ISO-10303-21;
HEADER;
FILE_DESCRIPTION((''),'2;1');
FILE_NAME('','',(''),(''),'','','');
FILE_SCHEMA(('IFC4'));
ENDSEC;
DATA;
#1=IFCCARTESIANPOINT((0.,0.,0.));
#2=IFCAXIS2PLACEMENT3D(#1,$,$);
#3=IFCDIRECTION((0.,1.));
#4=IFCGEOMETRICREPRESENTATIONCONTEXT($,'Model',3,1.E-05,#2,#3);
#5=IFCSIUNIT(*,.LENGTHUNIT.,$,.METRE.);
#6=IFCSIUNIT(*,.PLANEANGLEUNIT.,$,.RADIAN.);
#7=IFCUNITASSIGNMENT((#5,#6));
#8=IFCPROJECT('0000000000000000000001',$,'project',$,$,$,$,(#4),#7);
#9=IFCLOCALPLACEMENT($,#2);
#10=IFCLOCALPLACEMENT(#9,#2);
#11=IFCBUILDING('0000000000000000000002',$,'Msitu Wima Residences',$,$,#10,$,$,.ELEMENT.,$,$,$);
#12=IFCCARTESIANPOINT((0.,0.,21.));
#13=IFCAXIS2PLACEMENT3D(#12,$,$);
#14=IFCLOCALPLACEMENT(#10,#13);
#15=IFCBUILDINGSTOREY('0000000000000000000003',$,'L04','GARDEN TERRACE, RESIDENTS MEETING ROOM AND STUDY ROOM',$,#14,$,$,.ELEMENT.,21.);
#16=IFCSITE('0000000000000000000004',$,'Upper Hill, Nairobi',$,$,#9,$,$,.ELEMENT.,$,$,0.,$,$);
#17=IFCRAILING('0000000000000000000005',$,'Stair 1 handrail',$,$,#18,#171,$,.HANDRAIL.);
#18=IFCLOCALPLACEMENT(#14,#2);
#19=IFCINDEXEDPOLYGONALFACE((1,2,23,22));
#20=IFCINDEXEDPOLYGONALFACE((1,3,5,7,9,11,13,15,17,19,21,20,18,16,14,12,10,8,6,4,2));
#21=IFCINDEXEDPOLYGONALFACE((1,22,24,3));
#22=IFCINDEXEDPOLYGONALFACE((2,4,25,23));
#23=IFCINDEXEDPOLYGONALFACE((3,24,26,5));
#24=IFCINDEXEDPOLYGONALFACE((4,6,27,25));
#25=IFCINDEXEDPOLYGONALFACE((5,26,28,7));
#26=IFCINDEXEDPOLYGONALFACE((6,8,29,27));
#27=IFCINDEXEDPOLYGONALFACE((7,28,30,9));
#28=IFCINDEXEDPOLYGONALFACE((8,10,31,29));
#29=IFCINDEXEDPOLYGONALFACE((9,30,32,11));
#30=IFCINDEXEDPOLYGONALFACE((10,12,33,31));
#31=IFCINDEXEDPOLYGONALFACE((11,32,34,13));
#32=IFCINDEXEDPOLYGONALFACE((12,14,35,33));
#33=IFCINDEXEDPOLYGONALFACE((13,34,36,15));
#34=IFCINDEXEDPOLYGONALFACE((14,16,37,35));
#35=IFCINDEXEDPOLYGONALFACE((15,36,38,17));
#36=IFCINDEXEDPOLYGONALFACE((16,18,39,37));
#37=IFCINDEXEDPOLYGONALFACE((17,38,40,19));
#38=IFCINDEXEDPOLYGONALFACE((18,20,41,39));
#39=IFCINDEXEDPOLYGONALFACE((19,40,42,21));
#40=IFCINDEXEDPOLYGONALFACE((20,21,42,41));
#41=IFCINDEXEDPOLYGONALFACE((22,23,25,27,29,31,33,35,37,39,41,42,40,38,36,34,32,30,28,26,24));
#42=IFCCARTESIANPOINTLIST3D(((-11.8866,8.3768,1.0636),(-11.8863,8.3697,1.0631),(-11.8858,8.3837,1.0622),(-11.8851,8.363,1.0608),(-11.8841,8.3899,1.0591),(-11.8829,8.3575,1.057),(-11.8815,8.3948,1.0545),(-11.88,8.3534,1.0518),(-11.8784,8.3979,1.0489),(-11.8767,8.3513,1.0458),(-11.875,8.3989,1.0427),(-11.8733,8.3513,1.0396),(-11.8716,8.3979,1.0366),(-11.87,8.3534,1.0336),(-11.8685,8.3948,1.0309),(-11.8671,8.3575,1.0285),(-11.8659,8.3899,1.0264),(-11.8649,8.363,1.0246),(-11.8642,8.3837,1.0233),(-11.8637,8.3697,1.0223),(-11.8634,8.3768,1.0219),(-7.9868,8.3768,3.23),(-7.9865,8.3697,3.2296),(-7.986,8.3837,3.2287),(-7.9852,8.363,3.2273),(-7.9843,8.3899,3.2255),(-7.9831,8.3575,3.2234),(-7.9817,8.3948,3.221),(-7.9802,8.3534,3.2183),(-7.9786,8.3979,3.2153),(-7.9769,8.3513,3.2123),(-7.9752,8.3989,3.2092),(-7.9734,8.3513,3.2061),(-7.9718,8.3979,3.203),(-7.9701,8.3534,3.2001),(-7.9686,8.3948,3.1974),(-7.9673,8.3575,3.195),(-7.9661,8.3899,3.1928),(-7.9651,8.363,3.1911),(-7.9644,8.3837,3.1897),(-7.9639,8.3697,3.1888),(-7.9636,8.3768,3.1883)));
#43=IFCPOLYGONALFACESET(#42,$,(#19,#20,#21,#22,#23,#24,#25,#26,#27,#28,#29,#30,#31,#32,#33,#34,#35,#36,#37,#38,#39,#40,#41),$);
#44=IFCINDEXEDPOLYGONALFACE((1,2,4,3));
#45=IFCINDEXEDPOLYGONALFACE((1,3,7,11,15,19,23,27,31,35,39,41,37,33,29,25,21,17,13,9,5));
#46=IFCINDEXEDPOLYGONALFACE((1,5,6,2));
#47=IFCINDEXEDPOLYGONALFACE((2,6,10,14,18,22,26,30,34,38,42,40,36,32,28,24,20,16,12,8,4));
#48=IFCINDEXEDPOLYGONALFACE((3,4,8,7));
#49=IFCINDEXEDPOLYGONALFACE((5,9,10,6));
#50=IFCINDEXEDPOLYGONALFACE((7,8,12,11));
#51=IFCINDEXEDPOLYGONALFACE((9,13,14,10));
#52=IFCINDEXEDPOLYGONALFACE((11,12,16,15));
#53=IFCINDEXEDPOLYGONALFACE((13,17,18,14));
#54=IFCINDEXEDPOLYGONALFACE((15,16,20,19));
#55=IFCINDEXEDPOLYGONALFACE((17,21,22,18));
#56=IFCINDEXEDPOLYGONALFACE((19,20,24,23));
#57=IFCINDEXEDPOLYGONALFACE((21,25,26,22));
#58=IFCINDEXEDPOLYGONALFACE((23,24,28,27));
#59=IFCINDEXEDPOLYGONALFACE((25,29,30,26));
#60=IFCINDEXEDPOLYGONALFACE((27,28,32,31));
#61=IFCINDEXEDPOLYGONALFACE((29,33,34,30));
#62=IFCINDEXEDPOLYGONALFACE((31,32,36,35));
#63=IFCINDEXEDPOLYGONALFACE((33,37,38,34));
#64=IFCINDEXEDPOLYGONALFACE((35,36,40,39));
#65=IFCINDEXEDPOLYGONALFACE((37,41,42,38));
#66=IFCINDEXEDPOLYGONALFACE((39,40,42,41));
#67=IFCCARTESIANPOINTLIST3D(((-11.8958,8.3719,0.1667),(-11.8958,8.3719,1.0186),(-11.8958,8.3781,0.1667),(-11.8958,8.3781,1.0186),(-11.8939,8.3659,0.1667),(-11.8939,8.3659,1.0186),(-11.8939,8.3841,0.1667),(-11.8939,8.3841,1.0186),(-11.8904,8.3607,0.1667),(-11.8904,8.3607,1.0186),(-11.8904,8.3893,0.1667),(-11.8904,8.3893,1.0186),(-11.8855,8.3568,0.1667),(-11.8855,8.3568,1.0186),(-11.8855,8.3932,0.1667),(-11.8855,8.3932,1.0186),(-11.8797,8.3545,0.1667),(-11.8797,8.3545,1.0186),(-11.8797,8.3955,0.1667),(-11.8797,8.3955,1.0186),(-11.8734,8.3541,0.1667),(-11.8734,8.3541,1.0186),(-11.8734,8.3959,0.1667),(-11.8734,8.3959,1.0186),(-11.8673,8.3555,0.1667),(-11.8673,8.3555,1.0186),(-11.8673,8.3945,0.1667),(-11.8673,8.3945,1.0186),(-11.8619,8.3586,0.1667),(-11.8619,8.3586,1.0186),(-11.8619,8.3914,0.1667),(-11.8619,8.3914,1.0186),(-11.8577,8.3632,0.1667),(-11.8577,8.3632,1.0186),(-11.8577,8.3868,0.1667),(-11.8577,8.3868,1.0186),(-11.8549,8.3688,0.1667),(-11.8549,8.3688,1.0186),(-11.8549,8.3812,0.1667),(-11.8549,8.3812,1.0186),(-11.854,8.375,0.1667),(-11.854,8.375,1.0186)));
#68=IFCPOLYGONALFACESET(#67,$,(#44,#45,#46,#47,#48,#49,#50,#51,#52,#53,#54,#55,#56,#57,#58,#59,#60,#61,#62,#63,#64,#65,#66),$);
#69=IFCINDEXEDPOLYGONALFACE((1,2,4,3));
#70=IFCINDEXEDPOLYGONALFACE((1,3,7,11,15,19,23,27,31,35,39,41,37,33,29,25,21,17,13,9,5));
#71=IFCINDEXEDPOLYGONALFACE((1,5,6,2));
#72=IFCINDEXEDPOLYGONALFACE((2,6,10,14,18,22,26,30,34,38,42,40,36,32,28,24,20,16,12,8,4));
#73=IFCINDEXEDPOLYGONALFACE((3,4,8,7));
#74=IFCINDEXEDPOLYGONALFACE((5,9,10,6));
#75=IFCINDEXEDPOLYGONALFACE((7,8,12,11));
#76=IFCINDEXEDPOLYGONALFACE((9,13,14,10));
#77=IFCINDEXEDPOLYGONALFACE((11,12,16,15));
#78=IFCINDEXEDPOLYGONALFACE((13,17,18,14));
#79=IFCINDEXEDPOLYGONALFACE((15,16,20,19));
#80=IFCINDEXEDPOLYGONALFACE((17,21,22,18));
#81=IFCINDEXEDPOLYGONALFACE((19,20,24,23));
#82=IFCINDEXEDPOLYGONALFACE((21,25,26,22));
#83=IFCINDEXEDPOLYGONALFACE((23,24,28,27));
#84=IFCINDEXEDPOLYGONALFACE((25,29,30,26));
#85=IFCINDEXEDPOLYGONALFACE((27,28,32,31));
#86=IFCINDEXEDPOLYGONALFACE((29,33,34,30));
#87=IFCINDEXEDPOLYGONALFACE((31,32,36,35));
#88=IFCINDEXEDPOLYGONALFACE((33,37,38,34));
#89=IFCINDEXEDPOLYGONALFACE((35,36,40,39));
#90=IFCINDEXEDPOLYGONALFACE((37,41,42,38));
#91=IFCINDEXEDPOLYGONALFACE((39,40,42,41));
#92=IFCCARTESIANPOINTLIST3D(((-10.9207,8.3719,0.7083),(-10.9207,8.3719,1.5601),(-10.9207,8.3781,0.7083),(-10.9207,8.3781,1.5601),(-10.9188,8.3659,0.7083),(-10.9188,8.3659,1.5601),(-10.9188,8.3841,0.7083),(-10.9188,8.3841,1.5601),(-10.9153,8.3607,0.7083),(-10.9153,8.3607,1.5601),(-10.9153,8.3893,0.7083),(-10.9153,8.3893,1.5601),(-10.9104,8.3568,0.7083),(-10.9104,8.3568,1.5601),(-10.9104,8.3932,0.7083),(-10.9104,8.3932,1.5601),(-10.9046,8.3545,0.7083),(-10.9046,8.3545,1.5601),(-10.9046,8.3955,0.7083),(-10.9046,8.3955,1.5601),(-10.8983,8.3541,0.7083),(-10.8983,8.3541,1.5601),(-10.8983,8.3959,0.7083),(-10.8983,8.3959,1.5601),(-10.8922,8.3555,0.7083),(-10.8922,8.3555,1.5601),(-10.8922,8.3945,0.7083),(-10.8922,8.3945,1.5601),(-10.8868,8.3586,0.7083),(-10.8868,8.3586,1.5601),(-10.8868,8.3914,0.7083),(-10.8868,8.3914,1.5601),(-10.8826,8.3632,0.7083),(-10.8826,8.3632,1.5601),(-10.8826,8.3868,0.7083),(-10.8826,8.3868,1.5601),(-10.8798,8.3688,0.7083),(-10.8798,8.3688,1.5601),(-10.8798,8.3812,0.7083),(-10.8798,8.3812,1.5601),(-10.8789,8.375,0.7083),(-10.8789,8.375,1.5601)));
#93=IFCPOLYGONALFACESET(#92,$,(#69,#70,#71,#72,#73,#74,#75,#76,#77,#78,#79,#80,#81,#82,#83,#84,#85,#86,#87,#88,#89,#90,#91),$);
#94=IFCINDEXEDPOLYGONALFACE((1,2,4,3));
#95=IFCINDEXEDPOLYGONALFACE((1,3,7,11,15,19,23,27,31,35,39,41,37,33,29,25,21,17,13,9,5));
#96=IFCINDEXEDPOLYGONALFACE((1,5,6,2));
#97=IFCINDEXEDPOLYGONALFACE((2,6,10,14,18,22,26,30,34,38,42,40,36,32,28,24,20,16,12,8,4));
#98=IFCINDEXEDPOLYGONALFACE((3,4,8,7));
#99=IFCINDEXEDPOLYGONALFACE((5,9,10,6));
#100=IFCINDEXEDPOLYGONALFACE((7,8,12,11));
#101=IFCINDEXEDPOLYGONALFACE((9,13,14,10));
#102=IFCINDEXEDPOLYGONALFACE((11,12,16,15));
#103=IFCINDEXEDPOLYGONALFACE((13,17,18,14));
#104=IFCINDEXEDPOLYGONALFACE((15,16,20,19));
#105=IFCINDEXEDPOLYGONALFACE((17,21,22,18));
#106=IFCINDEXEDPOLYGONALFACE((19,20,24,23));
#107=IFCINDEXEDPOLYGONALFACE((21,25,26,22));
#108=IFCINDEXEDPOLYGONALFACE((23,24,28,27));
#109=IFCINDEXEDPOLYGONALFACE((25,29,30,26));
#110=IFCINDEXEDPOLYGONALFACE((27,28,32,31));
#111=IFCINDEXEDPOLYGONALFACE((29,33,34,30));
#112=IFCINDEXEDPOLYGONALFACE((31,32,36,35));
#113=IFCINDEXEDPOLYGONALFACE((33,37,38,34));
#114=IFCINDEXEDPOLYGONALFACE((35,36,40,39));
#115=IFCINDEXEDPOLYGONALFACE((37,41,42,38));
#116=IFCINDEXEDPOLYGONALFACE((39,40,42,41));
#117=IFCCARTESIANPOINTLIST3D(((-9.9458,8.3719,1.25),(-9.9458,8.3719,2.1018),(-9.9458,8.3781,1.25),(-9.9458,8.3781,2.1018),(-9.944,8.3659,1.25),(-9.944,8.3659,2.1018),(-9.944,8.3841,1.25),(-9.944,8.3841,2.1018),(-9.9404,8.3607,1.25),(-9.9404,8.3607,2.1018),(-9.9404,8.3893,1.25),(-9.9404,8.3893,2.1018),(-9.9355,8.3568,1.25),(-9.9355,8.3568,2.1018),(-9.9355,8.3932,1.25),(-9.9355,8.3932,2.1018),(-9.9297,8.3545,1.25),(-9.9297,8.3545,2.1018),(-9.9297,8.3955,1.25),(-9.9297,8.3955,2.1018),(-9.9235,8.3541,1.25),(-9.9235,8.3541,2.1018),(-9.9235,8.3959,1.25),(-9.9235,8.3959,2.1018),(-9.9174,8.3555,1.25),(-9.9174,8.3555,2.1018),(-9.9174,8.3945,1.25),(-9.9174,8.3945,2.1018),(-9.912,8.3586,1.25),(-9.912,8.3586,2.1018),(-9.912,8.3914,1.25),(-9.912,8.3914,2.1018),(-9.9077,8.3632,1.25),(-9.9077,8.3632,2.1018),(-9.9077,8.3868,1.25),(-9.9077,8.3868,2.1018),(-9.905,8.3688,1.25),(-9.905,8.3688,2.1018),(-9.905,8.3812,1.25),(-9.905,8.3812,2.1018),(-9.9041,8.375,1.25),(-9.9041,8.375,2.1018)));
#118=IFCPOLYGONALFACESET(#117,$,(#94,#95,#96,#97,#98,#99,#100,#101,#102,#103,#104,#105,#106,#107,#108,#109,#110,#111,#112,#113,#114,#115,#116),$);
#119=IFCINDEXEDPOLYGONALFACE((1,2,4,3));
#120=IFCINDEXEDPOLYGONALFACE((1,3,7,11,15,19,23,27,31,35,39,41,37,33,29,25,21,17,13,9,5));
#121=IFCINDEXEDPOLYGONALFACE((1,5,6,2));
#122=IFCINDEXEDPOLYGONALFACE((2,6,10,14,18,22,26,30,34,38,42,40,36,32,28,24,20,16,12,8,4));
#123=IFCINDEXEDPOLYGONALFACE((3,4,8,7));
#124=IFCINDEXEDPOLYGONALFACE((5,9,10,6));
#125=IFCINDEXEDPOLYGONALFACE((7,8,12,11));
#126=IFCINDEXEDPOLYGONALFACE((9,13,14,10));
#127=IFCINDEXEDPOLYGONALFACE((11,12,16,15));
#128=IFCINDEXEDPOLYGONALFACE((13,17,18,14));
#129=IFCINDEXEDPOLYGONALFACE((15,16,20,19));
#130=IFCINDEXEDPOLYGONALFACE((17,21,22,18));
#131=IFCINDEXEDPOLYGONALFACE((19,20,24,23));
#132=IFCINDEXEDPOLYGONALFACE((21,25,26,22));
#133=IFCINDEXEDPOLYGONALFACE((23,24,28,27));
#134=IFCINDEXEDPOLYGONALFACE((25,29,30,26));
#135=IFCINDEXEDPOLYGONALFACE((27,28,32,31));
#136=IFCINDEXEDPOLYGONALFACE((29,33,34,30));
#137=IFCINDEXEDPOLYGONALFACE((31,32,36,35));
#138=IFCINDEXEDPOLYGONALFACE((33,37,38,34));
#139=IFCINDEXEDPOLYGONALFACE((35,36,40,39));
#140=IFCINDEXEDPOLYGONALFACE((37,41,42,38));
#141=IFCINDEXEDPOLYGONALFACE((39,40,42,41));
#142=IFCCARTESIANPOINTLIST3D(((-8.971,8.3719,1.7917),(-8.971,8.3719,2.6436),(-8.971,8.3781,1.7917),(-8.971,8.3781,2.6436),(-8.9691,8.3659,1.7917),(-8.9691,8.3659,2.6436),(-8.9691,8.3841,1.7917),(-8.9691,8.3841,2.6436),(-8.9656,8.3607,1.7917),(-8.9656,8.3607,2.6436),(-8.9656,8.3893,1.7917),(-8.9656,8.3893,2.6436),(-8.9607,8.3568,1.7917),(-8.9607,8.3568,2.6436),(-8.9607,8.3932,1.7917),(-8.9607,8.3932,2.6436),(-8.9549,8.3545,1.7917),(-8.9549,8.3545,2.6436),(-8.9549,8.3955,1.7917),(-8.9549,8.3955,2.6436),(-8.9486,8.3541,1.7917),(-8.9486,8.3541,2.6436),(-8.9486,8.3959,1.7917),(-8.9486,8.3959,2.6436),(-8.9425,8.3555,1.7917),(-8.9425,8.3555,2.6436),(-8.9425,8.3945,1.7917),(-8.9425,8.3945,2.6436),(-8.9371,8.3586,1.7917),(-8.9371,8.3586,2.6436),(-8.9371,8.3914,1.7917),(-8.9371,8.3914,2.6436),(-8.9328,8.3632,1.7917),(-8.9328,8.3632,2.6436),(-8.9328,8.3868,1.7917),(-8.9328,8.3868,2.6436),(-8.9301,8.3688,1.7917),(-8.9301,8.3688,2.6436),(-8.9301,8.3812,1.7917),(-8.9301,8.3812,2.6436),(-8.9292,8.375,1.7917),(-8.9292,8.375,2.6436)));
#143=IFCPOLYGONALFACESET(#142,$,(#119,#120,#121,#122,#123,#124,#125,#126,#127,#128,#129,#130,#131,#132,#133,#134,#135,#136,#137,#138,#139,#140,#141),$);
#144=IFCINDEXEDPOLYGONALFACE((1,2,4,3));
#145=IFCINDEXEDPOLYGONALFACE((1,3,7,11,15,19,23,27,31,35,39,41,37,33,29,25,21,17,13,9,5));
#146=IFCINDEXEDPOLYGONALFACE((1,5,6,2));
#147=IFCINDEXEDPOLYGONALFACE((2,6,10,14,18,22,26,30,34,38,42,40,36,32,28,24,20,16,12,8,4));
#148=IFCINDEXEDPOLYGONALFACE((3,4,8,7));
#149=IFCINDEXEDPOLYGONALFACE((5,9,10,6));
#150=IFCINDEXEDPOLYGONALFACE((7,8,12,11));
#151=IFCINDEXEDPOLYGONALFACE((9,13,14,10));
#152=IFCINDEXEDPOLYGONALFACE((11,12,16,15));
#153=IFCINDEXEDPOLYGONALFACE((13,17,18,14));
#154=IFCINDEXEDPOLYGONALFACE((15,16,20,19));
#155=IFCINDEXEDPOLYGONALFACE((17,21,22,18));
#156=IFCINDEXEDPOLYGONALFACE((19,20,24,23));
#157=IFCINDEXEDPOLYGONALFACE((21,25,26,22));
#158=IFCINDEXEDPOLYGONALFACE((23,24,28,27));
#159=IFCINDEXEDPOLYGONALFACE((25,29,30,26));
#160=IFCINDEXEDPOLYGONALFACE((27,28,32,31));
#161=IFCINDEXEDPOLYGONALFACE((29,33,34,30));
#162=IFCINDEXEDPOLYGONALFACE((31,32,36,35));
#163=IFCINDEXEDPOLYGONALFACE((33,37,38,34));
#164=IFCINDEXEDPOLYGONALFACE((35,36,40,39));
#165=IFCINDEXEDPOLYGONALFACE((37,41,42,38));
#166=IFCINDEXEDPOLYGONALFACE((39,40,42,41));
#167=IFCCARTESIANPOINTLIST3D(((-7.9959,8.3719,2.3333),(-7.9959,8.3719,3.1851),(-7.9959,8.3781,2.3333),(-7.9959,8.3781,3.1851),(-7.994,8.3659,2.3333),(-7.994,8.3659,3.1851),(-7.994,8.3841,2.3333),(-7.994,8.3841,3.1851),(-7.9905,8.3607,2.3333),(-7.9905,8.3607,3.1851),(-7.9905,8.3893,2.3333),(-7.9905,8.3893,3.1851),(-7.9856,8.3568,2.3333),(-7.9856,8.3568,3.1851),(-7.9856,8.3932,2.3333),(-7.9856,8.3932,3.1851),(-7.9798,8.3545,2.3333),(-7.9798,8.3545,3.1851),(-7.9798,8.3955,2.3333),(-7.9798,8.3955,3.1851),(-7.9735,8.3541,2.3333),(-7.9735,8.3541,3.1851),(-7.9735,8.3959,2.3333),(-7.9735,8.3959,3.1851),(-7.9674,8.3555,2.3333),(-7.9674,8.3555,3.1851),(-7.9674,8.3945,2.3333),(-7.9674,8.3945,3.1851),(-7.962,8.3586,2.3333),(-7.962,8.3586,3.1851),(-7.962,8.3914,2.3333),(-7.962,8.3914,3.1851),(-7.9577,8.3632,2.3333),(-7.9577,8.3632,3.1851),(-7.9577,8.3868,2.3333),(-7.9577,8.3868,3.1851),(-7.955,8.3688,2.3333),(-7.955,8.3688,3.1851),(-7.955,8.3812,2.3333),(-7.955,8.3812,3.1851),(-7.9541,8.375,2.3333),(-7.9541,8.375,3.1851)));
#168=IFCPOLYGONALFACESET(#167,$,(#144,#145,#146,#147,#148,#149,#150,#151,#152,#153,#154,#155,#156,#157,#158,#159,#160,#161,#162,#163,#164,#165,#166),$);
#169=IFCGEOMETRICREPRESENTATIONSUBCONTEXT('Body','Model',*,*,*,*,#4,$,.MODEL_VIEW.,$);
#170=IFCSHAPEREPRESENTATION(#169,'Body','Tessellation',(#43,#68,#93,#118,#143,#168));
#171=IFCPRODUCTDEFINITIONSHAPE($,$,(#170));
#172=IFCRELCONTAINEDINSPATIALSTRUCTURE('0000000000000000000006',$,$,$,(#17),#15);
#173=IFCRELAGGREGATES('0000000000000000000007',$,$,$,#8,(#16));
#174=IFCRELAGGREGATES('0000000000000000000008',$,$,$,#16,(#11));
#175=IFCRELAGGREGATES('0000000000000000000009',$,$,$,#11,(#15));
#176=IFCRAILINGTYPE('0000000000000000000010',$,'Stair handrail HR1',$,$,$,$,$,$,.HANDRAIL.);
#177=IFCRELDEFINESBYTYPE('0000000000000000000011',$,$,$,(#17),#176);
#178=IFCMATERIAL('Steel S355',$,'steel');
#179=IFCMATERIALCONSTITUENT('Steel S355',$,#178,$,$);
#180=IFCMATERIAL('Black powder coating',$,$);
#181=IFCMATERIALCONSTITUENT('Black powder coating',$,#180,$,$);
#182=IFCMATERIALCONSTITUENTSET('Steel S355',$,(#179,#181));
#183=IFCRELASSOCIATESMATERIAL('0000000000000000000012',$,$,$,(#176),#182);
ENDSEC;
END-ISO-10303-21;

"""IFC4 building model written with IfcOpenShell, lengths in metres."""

from ifc_helpers import new_model, si_unit, direction, frame, origin, origin_2d, place, context, subcontext, project, spatial, circle, extrude, material, constituent, constituent_set, type_object, element, save


model = new_model("IFC4")

# Units and contexts
model_context = context("Model", 3, precision=1e-05, world=origin(), true_north=direction((0.0, 1.0)))
body_context = subcontext(model_context, "Body", "Model", "MODEL_VIEW")
ifc_project = project(units=[si_unit("LENGTHUNIT", "METRE"), si_unit("PLANEANGLEUNIT", "RADIAN")], contexts=[model_context])

# Site, building, storey
site_placement = place(None, origin())
site = spatial("IfcSite", under=ifc_project, at=site_placement, Name="Upper Hill, Nairobi", CompositionType="ELEMENT", RefElevation=0.0)
building_placement = place(site_placement, origin())
building = spatial("IfcBuilding", under=site, at=building_placement, Name="Msitu Wima Residences", CompositionType="ELEMENT")
storey_placement = place(building_placement, frame((0.0, 0.0, 21.0)))
storey = spatial("IfcBuildingStorey", under=building, at=storey_placement, Name="L04", Description="GARDEN TERRACE, RESIDENTS MEETING ROOM AND STUDY ROOM", CompositionType="ELEMENT", Elevation=21.0)

# Railing
ifc_material_1 = material(Name="Steel S355", Category="steel")
ifc_constituent_1 = constituent(ifc_material_1, Name="Steel S355")
ifc_material_2 = material(Name="Black powder coating")
ifc_constituent_2 = constituent(ifc_material_2, Name="Black powder coating")
ifc_constituent_set = constituent_set(constituents=[ifc_constituent_1, ifc_constituent_2], Name="Steel S355")
railing_type = type_object("IfcRailingType", Name="Stair handrail HR1", PredefinedType="HANDRAIL", material=ifc_constituent_set)
for number, where, name in (
    (1, (-11.875, 8.375, 0.1667), "Stair 1 handrail"),
):
    element("IfcRailing", number, at=place(storey_placement, frame(where)), inside=storey, type_object=railing_type, Name=name, PredefinedType="HANDRAIL", context=body_context, shape_type="SweptSolid", body=[
        extrude(circle(Radius=0.0239, at=origin_2d()), frame((0.0, 0.0, 0.876), z_axis=(0.874168, 0.0, 0.485624), x_axis=(0.0, 1.0, 0.0)), (0.0, 0.0, 1.0), 4.4612),
        extrude(circle(Radius=0.021, at=origin_2d()), origin(), (0.0, 0.0, 1.0), 0.8518),
        extrude(circle(Radius=0.021, at=origin_2d()), frame((0.9751, 0.0, 0.5415)), (0.0, 0.0, 1.0), 0.8518),
        extrude(circle(Radius=0.021, at=origin_2d()), frame((1.95, 0.0, 1.0833)), (0.0, 0.0, 1.0), 0.8518),
        extrude(circle(Radius=0.021, at=origin_2d()), frame((2.9248, 0.0, 1.625)), (0.0, 0.0, 1.0), 0.8518),
        extrude(circle(Radius=0.021, at=origin_2d()), frame((3.8999, 0.0, 2.1665)), (0.0, 0.0, 1.0), 0.8518),
    ])

save(model, "model.ifc")
